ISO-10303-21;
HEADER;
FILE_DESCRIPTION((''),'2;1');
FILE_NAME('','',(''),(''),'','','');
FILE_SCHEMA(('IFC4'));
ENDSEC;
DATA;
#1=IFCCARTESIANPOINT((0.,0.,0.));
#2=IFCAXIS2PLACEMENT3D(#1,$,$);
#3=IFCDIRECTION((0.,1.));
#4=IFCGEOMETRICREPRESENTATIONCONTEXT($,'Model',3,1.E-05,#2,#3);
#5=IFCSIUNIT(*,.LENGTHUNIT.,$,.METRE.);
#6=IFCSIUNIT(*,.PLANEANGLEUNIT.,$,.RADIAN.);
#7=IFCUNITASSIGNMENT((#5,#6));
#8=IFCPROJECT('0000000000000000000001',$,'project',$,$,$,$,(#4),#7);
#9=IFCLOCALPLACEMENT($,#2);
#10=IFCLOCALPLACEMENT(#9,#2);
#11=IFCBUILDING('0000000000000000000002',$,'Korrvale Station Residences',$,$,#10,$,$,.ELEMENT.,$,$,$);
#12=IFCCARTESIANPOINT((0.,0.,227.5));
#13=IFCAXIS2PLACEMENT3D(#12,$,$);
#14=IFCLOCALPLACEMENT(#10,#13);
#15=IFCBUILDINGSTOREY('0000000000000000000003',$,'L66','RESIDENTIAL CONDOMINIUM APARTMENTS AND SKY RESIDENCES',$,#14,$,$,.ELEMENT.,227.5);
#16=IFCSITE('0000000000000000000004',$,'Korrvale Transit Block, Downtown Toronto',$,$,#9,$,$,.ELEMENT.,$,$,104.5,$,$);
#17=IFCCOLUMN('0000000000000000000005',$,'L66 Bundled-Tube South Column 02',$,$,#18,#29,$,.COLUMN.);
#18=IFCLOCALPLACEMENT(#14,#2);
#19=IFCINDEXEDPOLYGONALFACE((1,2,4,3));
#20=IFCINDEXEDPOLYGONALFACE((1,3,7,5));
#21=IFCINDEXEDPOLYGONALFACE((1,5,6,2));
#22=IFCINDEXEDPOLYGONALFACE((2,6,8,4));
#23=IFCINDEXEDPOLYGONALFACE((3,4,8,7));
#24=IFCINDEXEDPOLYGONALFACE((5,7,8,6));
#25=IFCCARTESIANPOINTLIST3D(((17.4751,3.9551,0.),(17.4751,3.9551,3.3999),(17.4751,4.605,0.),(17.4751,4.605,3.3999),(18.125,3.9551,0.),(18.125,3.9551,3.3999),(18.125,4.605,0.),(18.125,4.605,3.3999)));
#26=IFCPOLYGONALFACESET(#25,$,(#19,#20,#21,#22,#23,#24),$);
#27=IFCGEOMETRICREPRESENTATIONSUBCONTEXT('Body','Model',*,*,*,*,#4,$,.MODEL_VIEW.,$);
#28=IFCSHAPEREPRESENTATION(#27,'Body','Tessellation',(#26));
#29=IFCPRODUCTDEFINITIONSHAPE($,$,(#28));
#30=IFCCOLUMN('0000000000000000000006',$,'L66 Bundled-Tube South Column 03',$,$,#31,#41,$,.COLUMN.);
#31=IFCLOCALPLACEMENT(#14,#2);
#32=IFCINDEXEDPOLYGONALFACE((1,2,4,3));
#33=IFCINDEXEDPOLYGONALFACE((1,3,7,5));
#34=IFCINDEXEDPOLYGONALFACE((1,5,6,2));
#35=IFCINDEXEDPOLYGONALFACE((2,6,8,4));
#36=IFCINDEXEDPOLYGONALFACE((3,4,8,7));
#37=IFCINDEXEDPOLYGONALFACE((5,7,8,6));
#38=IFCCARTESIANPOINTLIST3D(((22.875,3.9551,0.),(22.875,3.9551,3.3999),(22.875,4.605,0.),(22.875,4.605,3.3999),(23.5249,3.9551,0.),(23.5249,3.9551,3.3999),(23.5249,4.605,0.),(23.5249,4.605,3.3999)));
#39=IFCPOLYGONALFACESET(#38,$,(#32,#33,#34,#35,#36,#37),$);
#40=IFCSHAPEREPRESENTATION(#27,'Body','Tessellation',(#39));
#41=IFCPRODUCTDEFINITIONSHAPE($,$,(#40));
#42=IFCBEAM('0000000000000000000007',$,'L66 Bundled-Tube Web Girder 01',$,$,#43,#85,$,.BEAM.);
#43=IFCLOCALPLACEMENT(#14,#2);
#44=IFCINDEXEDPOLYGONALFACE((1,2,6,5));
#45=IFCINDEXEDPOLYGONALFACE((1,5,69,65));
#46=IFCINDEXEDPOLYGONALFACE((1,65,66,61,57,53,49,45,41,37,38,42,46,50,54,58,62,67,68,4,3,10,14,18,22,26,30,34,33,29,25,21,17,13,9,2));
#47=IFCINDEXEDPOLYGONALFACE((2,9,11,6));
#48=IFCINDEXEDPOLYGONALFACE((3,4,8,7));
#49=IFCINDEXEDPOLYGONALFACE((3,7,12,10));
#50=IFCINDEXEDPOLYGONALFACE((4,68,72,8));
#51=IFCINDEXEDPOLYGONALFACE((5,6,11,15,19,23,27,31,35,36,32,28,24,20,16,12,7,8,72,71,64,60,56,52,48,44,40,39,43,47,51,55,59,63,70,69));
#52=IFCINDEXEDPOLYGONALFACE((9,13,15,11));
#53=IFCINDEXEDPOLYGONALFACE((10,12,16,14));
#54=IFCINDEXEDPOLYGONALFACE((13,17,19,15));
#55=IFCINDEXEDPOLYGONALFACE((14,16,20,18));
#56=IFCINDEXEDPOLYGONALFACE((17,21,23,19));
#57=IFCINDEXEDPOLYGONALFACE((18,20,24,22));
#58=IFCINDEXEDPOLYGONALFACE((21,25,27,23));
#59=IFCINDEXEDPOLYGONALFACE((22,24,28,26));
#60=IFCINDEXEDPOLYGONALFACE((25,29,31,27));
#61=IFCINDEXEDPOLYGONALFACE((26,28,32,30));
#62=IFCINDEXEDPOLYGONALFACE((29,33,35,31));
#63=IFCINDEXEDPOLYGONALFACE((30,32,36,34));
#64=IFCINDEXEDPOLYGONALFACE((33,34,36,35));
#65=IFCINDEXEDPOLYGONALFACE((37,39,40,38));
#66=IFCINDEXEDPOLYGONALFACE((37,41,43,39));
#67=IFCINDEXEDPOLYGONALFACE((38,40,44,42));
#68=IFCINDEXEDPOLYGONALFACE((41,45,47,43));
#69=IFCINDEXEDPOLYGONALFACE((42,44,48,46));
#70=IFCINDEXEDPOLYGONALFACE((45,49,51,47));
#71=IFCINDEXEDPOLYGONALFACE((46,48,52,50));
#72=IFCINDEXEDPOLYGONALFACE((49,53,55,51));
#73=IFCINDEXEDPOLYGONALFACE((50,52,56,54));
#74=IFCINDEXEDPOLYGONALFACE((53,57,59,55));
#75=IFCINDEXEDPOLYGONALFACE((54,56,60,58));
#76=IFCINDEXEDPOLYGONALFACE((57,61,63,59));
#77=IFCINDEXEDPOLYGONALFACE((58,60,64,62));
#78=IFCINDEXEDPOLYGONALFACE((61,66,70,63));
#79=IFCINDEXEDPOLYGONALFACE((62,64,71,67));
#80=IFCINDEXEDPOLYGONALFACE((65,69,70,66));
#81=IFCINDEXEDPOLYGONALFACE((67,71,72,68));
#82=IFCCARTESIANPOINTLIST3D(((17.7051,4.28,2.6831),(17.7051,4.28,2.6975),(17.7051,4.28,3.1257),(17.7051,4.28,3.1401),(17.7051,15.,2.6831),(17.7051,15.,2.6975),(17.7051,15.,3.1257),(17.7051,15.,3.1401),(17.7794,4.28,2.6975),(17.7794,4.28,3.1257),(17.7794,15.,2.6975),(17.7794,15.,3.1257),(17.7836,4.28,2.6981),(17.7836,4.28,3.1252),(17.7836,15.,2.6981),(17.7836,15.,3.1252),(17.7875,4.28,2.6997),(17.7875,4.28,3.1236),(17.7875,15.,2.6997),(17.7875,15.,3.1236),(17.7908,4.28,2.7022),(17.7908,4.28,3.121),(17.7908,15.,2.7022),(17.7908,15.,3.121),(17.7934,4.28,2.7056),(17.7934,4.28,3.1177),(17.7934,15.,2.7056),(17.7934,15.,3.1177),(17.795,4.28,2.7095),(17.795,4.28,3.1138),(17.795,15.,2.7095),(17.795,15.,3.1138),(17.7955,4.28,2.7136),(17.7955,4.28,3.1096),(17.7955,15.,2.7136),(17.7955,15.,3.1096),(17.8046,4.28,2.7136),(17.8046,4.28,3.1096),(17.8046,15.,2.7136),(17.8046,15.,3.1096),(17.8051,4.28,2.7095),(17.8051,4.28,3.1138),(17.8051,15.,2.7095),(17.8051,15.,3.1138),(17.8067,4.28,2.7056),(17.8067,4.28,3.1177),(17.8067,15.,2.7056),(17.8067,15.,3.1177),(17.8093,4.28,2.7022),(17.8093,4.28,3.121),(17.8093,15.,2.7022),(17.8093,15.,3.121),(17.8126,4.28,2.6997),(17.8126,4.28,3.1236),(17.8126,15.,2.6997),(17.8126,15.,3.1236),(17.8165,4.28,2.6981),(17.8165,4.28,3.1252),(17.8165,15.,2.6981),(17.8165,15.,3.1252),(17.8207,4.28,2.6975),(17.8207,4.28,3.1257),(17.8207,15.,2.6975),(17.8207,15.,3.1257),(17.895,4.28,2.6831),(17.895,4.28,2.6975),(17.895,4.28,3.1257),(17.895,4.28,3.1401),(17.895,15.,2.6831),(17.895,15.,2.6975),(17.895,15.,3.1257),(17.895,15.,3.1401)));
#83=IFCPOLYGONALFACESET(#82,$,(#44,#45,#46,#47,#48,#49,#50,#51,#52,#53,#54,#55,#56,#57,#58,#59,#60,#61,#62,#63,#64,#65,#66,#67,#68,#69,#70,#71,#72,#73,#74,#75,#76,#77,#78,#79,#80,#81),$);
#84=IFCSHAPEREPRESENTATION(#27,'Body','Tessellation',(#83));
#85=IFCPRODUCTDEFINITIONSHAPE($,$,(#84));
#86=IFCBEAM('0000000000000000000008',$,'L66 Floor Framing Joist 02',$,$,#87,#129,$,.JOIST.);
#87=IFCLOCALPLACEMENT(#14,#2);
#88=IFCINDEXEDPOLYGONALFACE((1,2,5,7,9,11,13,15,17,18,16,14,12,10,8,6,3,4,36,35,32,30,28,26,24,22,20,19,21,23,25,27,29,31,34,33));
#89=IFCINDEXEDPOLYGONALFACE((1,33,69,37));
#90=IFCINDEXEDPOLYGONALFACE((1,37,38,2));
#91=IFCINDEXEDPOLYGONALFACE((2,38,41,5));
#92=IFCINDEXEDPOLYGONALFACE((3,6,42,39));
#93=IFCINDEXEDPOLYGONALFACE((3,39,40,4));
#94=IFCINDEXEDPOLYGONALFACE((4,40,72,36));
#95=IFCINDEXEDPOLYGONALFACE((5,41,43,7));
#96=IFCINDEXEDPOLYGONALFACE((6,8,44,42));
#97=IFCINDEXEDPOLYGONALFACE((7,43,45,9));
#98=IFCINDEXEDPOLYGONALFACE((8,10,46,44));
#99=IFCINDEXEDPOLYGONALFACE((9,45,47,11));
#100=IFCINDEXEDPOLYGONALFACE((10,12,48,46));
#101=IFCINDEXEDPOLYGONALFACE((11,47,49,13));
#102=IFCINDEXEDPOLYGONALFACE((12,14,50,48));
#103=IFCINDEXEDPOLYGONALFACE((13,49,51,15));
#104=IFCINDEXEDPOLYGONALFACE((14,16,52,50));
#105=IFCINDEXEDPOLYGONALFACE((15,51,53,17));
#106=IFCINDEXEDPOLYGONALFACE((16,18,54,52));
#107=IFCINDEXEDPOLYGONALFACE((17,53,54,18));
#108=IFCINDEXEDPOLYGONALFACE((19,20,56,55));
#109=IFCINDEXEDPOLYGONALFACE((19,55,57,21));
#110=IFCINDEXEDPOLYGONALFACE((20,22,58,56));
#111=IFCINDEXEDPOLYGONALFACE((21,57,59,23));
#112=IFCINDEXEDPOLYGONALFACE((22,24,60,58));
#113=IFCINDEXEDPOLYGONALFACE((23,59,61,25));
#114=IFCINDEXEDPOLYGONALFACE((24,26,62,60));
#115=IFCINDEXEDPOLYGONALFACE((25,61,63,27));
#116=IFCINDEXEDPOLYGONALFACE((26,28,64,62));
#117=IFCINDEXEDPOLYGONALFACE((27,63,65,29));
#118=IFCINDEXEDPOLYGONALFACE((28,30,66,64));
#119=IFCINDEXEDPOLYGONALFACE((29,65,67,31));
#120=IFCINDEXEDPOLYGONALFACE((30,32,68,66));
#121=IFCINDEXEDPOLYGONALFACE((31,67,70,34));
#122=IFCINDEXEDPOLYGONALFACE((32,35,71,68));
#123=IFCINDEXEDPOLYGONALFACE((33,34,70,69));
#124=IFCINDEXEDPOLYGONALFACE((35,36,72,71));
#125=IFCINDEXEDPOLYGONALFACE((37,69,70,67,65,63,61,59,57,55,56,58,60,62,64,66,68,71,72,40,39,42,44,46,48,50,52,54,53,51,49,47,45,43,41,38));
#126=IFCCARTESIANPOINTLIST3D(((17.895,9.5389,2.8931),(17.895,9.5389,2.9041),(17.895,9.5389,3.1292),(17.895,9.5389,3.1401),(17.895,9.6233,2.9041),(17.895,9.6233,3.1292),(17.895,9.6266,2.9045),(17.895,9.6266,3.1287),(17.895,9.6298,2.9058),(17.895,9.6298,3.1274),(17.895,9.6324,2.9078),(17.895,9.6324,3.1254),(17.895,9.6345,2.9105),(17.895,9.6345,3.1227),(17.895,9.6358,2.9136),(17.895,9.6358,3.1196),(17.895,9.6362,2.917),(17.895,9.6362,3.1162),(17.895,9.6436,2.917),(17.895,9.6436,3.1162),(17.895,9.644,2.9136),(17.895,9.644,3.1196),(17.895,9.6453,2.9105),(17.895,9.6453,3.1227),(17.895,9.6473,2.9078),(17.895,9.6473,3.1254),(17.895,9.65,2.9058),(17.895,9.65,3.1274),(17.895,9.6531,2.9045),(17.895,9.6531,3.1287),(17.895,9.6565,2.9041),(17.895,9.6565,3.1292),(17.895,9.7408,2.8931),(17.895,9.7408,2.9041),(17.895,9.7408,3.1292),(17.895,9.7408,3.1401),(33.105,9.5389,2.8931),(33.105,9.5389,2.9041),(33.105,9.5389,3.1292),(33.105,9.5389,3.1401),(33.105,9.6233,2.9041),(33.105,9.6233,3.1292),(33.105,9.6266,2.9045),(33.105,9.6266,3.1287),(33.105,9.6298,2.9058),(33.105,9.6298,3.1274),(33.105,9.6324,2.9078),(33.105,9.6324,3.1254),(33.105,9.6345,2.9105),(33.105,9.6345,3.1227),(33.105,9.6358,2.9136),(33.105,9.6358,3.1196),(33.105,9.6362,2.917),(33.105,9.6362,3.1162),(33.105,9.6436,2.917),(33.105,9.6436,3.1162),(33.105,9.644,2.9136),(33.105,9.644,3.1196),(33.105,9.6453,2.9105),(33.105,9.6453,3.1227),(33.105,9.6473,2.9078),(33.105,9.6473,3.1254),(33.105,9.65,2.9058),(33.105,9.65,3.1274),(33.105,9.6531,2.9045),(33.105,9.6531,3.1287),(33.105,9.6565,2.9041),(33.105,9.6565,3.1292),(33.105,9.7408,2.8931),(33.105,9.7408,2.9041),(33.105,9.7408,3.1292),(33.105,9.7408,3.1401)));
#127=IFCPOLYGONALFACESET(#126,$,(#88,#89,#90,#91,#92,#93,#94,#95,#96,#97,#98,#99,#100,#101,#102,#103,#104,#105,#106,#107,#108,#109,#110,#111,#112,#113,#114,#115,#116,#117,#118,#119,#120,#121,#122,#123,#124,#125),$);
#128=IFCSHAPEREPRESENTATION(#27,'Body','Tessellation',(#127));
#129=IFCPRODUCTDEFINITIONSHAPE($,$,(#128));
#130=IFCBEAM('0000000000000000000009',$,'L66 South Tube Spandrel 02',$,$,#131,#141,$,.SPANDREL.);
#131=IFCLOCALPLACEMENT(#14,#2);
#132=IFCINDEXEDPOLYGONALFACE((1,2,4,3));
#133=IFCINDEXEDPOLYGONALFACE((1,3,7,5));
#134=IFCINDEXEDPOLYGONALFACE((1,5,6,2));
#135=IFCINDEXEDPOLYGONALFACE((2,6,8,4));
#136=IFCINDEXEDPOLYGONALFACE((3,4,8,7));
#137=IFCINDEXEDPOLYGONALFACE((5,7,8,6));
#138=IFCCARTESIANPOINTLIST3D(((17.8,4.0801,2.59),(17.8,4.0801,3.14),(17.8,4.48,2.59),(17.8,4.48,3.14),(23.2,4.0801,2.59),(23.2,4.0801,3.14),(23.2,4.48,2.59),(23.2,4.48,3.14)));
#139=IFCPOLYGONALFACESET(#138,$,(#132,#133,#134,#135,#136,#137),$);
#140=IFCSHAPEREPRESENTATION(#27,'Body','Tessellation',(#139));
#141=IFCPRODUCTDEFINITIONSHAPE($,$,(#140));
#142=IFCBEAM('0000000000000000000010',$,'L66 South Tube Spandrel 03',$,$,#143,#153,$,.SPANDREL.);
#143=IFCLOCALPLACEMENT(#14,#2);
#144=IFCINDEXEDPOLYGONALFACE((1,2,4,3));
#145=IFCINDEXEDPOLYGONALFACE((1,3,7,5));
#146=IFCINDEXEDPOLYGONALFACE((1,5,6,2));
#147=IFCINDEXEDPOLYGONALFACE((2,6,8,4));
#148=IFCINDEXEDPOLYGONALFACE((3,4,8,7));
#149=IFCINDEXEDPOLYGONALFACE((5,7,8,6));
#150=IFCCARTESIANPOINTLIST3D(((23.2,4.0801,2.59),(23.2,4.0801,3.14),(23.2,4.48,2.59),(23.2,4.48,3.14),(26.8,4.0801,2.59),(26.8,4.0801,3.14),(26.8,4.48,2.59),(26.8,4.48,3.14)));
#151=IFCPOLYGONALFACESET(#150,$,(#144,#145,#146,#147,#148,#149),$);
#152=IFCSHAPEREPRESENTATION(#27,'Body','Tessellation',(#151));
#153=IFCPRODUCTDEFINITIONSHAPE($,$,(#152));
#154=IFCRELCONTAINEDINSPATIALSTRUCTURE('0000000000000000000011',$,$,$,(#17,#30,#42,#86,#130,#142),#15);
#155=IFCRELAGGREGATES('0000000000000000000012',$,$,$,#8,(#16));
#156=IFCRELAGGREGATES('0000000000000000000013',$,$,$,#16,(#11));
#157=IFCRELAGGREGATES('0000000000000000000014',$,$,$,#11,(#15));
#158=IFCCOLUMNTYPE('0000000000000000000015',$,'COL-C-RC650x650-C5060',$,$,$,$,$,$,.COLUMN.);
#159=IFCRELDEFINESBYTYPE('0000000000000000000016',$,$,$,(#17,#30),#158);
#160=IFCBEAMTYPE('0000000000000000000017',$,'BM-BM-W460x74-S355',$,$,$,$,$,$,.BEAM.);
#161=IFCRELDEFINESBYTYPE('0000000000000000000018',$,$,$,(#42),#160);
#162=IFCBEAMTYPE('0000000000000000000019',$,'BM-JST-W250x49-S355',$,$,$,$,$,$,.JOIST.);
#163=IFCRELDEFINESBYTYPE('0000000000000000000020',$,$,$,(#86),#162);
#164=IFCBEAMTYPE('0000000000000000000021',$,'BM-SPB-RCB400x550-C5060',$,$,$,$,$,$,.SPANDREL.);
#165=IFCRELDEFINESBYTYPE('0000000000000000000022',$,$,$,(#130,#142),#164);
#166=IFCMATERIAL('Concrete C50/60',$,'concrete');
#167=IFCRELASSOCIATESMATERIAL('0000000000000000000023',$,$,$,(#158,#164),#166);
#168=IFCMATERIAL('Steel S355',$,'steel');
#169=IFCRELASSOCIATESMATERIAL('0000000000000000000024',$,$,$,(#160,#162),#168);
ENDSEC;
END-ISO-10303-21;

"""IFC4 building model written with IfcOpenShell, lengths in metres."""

from ifc_helpers import new_model, si_unit, direction, frame, origin, origin_2d, place, context, subcontext, project, spatial, rectangle, i_section, extrude, material, material_profile, profile_set, type_object, element, save


model = new_model("IFC4")

# Units and contexts
model_context = context("Model", 3, precision=1e-05, world=origin(), true_north=direction((0.0, 1.0)))
body_context = subcontext(model_context, "Body", "Model", "MODEL_VIEW")
ifc_project = project(units=[si_unit("LENGTHUNIT", "METRE"), si_unit("PLANEANGLEUNIT", "RADIAN")], contexts=[model_context])

# Site, building, storey
site_placement = place(None, origin())
site = spatial("IfcSite", under=ifc_project, at=site_placement, Name="Korrvale Transit Block, Downtown Toronto", CompositionType="ELEMENT", RefElevation=104.5)
building_placement = place(site_placement, origin())
building = spatial("IfcBuilding", under=site, at=building_placement, Name="Korrvale Station Residences", CompositionType="ELEMENT")
storey_placement = place(building_placement, frame((0.0, 0.0, 227.5)))
storey = spatial("IfcBuildingStorey", under=building, at=storey_placement, Name="L66", Description="RESIDENTIAL CONDOMINIUM APARTMENTS AND SKY RESIDENCES", CompositionType="ELEMENT", Elevation=227.5)

# Columns
ifc_material_1 = material(Name="Concrete C50/60", Category="concrete")
ifc_material_profile_1 = material_profile(ifc_material_1, rectangle(XDim=0.6499, YDim=0.6499, at=origin_2d()), Name="RC650x650")
ifc_profile_set_1 = profile_set([ifc_material_profile_1], Name="Concrete C50/60")
column_type = type_object("IfcColumnType", Name="COL-C-RC650x650-C5060", PredefinedType="COLUMN", material=ifc_profile_set_1)
for number, where, z_axis, x_axis, name in (
    (1, (17.8, 4.28, 0.0), (0.0, 0.0, 1.0), (1.0, 0.0, 0.0), "L66 Bundled-Tube South Column 02"),
    (2, (23.2, 4.28, 0.0), (0.0, 0.0, 1.0), (1.0, 0.0, 0.0), "L66 Bundled-Tube South Column 03"),
):
    element("IfcColumn", number, at=place(storey_placement, frame(where, z_axis=z_axis, x_axis=x_axis)), inside=storey, type_object=column_type, Name=name, PredefinedType="COLUMN", context=body_context, shape_type="SweptSolid", body=[
        extrude(rectangle(XDim=0.6499, YDim=0.6499, at=origin_2d()), origin(), (0.0, 0.0, 1.0), 3.3999),
    ])

# Beams
ifc_material_2 = material(Name="Steel S355", Category="steel")
ifc_material_profile_2 = material_profile(ifc_material_2, i_section(OverallWidth=0.1899, OverallDepth=0.457, WebThickness=0.009, FlangeThickness=0.0144, FilletRadius=0.0161, at=origin_2d()), Name="W460x74")
ifc_profile_set_2 = profile_set([ifc_material_profile_2], Name="Steel S355")
beam_type_1 = type_object("IfcBeamType", Name="BM-BM-W460x74-S355", PredefinedType="BEAM", material=ifc_profile_set_2)
beam_1_placement = place(storey_placement, frame((17.8, 4.28, 2.9116), z_axis=(0.0, 1.0, 0.0), x_axis=(-1.0, 0.0, 0.0)))
element("IfcBeam", 3, at=beam_1_placement, inside=storey, type_object=beam_type_1, Name="L66 Bundled-Tube Web Girder 01", PredefinedType="BEAM", context=body_context, shape_type="SweptSolid", body=[
    extrude(i_section(OverallWidth=0.1899, OverallDepth=0.457, WebThickness=0.009, FlangeThickness=0.0144, FilletRadius=0.0161, at=origin_2d()), origin(), (0.0, 0.0, 1.0), 10.72),
])
ifc_material_profile_3 = material_profile(ifc_material_2, i_section(OverallWidth=0.2019, OverallDepth=0.2471, WebThickness=0.0073, FlangeThickness=0.011, FilletRadius=0.0129, at=origin_2d()), Name="W250x49")
ifc_profile_set_3 = profile_set([ifc_material_profile_3], Name="Steel S355")
beam_type_2 = type_object("IfcBeamType", Name="BM-JST-W250x49-S355", PredefinedType="JOIST", material=ifc_profile_set_3)
beam_2_placement = place(storey_placement, frame((17.895, 9.6399, 3.0166), z_axis=(1.0, 0.0, 0.0), x_axis=(0.0, 1.0, 0.0)))
element("IfcBeam", 4, at=beam_2_placement, inside=storey, type_object=beam_type_2, Name="L66 Floor Framing Joist 02", PredefinedType="JOIST", context=body_context, shape_type="SweptSolid", body=[
    extrude(i_section(OverallWidth=0.2019, OverallDepth=0.2471, WebThickness=0.0073, FlangeThickness=0.011, FilletRadius=0.0129, at=origin_2d()), origin(), (0.0, 0.0, 1.0), 15.21),
])
ifc_material_profile_4 = material_profile(ifc_material_1, rectangle(XDim=0.3999, YDim=0.55, at=origin_2d()), Name="RCB400x550")
ifc_profile_set_4 = profile_set([ifc_material_profile_4], Name="Concrete C50/60")
beam_type_3 = type_object("IfcBeamType", Name="BM-SPB-RCB400x550-C5060", PredefinedType="SPANDREL", material=ifc_profile_set_4)
beam_3_placement = place(storey_placement, frame((17.8, 4.28, 2.865), z_axis=(1.0, 0.0, 0.0), x_axis=(0.0, 1.0, 0.0)))
element("IfcBeam", 5, at=beam_3_placement, inside=storey, type_object=beam_type_3, Name="L66 South Tube Spandrel 02", PredefinedType="SPANDREL", context=body_context, shape_type="SweptSolid", body=[
    extrude(rectangle(XDim=0.3999, YDim=0.55, at=origin_2d()), origin(), (0.0, 0.0, 1.0), 5.3999),
])
beam_4_placement = place(storey_placement, frame((23.2, 4.28, 2.865), z_axis=(1.0, 0.0, 0.0), x_axis=(0.0, 1.0, 0.0)))
element("IfcBeam", 6, at=beam_4_placement, inside=storey, type_object=beam_type_3, Name="L66 South Tube Spandrel 03", PredefinedType="SPANDREL", context=body_context, shape_type="SweptSolid", body=[
    extrude(rectangle(XDim=0.3999, YDim=0.55, at=origin_2d()), origin(), (0.0, 0.0, 1.0), 3.6001),
])

save(model, "model.ifc")
